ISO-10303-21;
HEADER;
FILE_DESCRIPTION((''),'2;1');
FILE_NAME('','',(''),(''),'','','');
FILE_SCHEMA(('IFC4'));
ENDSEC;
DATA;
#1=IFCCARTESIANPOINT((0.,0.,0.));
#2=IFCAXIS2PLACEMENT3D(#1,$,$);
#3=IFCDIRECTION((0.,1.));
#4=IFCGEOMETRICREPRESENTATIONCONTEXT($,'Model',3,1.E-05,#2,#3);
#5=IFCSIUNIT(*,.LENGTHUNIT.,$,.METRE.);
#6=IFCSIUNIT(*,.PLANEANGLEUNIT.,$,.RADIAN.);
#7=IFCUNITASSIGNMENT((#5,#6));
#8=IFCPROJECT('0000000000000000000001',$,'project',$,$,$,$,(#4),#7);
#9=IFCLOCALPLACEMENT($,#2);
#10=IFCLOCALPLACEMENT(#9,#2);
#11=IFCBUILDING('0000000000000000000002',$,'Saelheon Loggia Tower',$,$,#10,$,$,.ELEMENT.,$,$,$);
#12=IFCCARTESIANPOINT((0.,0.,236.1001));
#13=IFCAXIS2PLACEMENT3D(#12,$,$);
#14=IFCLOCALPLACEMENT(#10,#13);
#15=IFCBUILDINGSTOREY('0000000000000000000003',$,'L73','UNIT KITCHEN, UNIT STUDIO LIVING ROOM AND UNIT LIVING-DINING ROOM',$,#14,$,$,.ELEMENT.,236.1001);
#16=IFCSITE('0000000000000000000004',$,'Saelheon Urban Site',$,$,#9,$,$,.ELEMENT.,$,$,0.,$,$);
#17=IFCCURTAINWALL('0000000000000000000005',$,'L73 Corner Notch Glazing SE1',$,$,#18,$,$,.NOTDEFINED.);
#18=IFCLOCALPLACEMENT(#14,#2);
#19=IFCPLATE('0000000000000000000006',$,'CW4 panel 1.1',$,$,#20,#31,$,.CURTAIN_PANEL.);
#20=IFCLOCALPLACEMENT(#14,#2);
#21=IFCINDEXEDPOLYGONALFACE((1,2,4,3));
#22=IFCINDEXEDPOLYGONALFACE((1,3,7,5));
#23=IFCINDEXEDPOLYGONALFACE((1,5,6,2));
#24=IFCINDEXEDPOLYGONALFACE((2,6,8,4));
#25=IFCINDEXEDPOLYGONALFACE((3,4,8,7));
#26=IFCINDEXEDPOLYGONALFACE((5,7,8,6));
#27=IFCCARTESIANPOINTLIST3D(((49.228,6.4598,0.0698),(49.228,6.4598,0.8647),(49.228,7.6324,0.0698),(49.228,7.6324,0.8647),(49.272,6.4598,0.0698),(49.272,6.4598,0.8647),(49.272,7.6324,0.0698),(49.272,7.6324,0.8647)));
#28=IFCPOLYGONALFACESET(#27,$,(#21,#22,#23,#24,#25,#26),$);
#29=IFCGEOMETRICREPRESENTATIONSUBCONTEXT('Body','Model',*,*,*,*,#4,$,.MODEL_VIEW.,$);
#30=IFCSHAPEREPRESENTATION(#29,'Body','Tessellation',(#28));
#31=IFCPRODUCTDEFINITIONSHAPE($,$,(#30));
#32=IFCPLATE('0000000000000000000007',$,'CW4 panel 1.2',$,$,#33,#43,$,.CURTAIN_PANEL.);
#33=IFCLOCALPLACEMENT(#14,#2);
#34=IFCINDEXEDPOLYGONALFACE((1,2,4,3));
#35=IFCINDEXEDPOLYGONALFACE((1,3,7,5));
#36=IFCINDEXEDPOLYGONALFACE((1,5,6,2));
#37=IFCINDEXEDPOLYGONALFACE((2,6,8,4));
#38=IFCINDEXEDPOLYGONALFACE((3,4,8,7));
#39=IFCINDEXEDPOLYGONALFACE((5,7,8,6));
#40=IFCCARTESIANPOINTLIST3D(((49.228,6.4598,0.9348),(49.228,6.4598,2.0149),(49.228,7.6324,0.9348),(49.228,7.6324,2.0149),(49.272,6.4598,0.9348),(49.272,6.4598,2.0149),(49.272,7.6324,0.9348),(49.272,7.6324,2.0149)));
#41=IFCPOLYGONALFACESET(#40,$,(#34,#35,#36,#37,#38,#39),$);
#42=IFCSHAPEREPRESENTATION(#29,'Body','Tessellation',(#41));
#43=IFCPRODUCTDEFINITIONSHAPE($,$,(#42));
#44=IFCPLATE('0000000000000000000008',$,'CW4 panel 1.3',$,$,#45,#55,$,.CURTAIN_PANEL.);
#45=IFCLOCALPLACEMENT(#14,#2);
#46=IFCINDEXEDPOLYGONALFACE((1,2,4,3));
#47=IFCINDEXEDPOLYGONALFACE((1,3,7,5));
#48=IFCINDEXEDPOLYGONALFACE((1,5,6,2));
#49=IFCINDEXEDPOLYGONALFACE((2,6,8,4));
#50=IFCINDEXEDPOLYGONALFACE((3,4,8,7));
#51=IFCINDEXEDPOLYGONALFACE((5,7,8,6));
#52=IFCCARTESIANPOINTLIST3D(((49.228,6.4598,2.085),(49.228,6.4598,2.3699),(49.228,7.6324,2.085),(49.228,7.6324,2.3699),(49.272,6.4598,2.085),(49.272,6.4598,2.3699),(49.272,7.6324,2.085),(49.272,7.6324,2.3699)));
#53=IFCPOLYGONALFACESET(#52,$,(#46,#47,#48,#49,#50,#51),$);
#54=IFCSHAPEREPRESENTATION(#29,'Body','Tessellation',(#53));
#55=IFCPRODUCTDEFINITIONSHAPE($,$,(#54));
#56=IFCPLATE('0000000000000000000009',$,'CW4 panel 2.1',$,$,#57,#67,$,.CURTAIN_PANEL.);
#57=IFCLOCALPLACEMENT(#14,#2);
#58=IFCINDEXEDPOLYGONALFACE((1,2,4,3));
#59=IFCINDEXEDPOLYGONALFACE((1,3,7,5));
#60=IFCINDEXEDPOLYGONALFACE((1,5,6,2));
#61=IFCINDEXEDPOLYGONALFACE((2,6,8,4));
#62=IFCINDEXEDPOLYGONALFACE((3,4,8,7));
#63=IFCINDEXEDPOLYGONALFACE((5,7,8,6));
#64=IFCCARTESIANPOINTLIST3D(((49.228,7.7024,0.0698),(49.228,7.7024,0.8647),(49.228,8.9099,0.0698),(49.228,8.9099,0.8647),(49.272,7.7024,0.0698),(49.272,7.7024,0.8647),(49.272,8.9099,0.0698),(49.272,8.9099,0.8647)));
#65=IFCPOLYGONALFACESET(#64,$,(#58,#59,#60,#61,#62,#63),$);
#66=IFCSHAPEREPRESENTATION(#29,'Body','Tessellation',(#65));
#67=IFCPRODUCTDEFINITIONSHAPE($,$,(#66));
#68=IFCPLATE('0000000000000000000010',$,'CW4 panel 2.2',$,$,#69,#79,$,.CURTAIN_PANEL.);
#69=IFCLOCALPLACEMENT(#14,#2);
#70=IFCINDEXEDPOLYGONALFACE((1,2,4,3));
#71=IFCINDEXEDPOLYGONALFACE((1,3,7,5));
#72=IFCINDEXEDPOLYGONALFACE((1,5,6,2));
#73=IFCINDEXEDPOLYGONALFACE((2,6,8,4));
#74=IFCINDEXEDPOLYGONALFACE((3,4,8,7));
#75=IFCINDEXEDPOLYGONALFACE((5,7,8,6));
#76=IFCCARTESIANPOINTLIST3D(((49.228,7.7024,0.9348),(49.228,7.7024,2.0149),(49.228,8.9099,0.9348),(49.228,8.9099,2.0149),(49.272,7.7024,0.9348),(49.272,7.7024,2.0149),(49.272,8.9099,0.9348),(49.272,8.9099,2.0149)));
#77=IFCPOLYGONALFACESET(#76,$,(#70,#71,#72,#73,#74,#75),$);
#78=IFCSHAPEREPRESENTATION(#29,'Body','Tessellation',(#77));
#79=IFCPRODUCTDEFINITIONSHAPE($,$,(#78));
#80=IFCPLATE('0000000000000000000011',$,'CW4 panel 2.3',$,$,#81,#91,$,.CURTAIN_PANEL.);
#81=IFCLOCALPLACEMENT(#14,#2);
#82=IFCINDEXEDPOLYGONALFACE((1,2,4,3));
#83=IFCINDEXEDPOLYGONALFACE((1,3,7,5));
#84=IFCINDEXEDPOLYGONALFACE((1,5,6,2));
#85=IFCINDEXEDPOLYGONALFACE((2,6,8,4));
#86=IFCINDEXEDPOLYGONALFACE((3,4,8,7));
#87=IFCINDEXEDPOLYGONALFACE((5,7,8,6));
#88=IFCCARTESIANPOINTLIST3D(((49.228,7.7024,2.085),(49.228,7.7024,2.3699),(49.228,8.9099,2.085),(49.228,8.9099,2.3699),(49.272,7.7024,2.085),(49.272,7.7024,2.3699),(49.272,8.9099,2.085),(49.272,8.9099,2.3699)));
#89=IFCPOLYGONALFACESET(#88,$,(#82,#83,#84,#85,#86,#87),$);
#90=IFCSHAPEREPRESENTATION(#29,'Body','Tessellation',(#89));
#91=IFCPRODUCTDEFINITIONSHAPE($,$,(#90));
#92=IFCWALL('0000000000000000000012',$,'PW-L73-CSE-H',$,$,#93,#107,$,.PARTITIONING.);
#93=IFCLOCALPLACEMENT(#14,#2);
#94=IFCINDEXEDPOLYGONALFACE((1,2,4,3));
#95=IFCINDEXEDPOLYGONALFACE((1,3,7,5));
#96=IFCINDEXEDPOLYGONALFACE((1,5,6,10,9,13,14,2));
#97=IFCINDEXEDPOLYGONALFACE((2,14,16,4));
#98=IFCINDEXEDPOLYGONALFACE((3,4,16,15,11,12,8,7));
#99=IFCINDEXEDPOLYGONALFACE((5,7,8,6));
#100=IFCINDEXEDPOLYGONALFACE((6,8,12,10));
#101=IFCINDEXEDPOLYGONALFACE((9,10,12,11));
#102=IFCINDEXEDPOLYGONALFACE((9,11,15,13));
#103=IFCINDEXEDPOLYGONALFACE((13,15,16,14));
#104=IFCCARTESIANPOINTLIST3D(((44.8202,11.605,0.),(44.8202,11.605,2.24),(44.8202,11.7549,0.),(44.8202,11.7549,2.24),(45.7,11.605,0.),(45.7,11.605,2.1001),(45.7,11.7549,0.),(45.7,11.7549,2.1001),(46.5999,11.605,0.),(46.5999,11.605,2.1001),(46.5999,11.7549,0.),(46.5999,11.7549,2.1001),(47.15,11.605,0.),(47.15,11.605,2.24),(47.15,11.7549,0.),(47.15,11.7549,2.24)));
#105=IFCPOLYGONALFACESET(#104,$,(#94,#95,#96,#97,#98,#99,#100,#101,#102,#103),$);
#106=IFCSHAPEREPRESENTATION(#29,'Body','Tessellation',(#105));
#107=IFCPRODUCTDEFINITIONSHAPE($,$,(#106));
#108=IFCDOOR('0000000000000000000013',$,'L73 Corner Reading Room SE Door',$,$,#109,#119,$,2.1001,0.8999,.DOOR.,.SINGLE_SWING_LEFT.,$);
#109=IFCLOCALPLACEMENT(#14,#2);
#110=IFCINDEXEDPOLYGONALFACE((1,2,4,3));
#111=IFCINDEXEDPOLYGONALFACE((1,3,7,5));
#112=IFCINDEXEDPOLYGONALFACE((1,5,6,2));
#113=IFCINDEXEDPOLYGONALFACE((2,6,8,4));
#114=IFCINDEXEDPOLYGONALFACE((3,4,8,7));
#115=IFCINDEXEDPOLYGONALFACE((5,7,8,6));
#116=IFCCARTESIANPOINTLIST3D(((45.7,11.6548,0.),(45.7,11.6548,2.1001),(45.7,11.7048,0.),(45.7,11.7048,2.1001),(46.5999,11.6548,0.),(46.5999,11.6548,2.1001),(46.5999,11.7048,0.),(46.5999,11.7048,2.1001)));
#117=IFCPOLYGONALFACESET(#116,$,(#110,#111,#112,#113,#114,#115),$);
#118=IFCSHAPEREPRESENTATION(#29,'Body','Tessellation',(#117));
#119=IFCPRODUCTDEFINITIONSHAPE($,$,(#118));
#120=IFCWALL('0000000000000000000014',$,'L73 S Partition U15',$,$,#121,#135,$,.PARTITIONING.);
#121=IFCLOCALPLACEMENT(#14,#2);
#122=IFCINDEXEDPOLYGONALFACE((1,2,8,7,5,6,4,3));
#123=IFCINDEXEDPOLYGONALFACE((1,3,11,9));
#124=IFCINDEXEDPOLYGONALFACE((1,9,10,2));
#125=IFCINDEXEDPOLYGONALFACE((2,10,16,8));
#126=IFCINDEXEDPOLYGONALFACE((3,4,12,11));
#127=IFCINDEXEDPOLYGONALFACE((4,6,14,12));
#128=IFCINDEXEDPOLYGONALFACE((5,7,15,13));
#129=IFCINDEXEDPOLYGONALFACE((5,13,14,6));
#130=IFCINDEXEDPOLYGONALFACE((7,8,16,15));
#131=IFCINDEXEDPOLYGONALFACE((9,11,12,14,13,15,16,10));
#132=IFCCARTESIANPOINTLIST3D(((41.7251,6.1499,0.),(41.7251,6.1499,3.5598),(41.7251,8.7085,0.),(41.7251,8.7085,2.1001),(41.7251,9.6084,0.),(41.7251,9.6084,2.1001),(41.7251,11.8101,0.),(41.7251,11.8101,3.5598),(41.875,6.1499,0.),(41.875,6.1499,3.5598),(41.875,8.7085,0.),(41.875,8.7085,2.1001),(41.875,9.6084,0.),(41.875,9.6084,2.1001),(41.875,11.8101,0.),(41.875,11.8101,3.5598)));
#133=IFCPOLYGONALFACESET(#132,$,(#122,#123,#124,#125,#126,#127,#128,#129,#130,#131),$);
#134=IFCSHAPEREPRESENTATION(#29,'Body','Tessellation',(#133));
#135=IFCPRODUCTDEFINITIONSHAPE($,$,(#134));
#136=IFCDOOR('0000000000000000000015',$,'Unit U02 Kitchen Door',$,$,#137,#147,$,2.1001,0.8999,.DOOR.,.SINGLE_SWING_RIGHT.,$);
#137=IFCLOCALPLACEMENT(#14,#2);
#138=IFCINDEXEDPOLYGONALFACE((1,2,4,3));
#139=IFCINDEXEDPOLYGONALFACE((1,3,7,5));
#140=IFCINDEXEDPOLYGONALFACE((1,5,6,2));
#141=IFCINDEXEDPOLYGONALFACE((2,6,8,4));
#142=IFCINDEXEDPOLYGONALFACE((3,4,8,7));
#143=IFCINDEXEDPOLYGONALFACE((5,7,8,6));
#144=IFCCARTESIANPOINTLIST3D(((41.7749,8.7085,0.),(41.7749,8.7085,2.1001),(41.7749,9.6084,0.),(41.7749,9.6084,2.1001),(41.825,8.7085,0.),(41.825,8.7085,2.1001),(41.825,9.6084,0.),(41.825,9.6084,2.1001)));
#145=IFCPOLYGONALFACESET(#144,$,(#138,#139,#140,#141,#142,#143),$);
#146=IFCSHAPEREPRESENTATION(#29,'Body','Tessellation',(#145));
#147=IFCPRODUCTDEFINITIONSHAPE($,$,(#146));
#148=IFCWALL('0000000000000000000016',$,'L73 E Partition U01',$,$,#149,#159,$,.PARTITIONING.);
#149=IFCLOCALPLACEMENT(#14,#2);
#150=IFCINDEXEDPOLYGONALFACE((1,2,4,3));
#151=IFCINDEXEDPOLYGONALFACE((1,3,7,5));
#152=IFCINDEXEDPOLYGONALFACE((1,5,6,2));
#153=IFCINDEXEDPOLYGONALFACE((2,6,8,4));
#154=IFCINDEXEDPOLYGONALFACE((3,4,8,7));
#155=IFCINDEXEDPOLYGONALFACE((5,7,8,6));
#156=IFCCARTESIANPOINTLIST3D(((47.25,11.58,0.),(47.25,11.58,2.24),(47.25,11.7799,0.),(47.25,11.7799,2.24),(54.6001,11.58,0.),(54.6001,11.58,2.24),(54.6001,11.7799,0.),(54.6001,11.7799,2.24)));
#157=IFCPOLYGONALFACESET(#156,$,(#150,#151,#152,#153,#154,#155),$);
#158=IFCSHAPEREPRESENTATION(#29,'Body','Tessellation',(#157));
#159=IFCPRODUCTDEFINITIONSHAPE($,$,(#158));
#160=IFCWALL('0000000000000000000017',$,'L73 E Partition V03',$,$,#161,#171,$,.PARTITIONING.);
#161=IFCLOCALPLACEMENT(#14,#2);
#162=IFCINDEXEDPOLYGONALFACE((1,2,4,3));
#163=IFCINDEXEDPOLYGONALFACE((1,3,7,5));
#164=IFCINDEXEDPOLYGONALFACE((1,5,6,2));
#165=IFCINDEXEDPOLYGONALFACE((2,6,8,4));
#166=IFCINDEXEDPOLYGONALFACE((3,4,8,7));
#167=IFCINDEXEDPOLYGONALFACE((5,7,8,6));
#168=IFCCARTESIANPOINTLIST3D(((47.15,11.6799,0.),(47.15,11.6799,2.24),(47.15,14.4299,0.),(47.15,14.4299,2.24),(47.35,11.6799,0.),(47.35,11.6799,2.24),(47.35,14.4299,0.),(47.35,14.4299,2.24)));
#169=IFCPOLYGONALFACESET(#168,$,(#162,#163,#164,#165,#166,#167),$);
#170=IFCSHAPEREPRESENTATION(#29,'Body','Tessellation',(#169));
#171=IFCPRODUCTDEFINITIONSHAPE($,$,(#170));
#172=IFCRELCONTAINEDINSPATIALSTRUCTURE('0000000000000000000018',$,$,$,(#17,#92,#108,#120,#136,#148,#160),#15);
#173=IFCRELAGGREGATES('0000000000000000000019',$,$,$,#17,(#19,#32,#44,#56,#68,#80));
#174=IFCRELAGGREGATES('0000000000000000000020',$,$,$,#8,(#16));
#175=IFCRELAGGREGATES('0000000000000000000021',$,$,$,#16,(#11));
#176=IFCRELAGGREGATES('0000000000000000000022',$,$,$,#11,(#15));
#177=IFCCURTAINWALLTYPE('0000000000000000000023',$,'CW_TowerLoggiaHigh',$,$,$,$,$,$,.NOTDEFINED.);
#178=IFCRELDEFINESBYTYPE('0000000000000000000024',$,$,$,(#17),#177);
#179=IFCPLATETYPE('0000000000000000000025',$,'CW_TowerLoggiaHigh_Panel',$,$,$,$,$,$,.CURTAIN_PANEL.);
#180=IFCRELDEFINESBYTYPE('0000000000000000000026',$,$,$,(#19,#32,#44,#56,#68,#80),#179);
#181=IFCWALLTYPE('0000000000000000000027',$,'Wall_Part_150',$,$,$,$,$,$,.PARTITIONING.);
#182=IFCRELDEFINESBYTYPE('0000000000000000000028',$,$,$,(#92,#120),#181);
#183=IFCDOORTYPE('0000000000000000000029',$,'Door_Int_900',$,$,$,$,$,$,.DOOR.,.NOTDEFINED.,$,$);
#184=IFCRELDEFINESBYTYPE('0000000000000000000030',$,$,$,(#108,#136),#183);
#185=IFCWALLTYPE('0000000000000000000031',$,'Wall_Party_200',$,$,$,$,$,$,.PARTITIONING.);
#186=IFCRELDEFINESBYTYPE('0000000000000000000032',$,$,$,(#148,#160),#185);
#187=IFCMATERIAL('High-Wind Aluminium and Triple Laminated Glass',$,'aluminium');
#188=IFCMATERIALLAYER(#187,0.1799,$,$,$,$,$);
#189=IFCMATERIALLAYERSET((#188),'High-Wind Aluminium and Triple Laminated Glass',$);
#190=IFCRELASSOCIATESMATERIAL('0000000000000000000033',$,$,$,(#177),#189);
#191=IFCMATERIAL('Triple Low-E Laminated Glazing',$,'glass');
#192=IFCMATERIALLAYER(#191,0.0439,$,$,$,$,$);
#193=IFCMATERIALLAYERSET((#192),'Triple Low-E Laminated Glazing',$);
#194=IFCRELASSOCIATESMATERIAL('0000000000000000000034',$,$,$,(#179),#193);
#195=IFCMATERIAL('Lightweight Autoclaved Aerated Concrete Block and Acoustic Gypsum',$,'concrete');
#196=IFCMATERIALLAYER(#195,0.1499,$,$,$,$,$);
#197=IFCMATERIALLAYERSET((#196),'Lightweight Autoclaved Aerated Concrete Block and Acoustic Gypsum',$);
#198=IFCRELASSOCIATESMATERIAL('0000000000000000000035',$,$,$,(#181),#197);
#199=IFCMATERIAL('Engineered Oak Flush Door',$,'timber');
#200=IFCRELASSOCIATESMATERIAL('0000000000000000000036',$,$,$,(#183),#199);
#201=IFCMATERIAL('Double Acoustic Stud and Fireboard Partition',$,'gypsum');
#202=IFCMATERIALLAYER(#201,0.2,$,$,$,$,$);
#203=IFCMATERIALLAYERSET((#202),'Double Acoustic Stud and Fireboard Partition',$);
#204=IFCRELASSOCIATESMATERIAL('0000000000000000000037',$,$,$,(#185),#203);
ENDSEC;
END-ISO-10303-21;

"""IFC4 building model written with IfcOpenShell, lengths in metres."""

from ifc_helpers import new_model, si_unit, direction, frame, frame_2d, origin, origin_2d, place, context, subcontext, project, spatial, rectangle, extrude, source, transform, mapped, material, layer, layer_set, type_object, element, fill, aggregate, save


model = new_model("IFC4")

# Units and contexts
model_context = context("Model", 3, precision=1e-05, world=origin(), true_north=direction((0.0, 1.0)))
body_context = subcontext(model_context, "Body", "Model", "MODEL_VIEW")
ifc_project = project(units=[si_unit("LENGTHUNIT", "METRE"), si_unit("PLANEANGLEUNIT", "RADIAN")], contexts=[model_context])

# Site, building, storey
site_placement = place(None, origin())
site = spatial("IfcSite", under=ifc_project, at=site_placement, Name="Saelheon Urban Site", CompositionType="ELEMENT", RefElevation=0.0)
building_placement = place(site_placement, origin())
building = spatial("IfcBuilding", under=site, at=building_placement, Name="Saelheon Loggia Tower", CompositionType="ELEMENT")
storey_placement = place(building_placement, frame((0.0, 0.0, 236.1001)))
storey = spatial("IfcBuildingStorey", under=building, at=storey_placement, Name="L73", Description="UNIT KITCHEN, UNIT STUDIO LIVING ROOM AND UNIT LIVING-DINING ROOM", CompositionType="ELEMENT", Elevation=236.1001)

# Curtain wall, plates
ifc_material_1 = material(Name="High-Wind Aluminium and Triple Laminated Glass", Category="aluminium")
ifc_layer_1 = layer(ifc_material_1, 0.1799)
ifc_layer_set_1 = layer_set([ifc_layer_1], Name="High-Wind Aluminium and Triple Laminated Glass")
curtain_wall_type = type_object("IfcCurtainWallType", Name="CW_TowerLoggiaHigh", PredefinedType="NOTDEFINED", material=ifc_layer_set_1)
curtain_wall_placement = place(storey_placement, origin())
curtain_wall = element("IfcCurtainWall", 1, at=curtain_wall_placement, inside=storey, type_object=curtain_wall_type, Name="L73 Corner Notch Glazing SE1", PredefinedType="NOTDEFINED")
ifc_material_2 = material(Name="Triple Low-E Laminated Glazing", Category="glass")
ifc_layer_2 = layer(ifc_material_2, 0.0439)
ifc_layer_set_2 = layer_set([ifc_layer_2], Name="Triple Low-E Laminated Glazing")
plate_type = type_object("IfcPlateType", Name="CW_TowerLoggiaHigh_Panel", PredefinedType="CURTAIN_PANEL", material=ifc_layer_set_2)
shared_shape_1 = source(origin(), body_context, "Body", "SweptSolid", [
    extrude(rectangle(XDim=1.1726, YDim=0.0439, at=origin_2d()), origin(), (0.0, 0.0, 1.0), 0.7949),
])
plate_1_placement = place(storey_placement, frame((49.25, 7.0461, 0.0698), z_axis=(0.0, 0.0, 1.0), x_axis=(0.0, 1.0, 0.0)))
plate_1 = element("IfcPlate", 2, at=plate_1_placement, type_object=plate_type, Name="CW4 panel 1.1", PredefinedType="CURTAIN_PANEL", context=body_context, shape_type="MappedRepresentation", body=[
    mapped(shared_shape_1, transform((0.0, 0.0, 0.0), scale=1.0)),
])
shared_shape_2 = source(origin(), body_context, "Body", "SweptSolid", [
    extrude(rectangle(XDim=1.1726, YDim=0.0439, at=origin_2d()), origin(), (0.0, 0.0, 1.0), 1.0801),
])
plate_2_placement = place(storey_placement, frame((49.25, 7.0461, 0.9348), z_axis=(0.0, 0.0, 1.0), x_axis=(0.0, 1.0, 0.0)))
plate_2 = element("IfcPlate", 3, at=plate_2_placement, type_object=plate_type, Name="CW4 panel 1.2", PredefinedType="CURTAIN_PANEL", context=body_context, shape_type="MappedRepresentation", body=[
    mapped(shared_shape_2, transform((0.0, 0.0, 0.0), scale=1.0)),
])
shared_shape_3 = source(origin(), body_context, "Body", "SweptSolid", [
    extrude(rectangle(XDim=1.1726, YDim=0.0439, at=origin_2d()), origin(), (0.0, 0.0, 1.0), 0.2849),
])
plate_3_placement = place(storey_placement, frame((49.25, 7.0461, 2.085), z_axis=(0.0, 0.0, 1.0), x_axis=(0.0, 1.0, 0.0)))
plate_3 = element("IfcPlate", 4, at=plate_3_placement, type_object=plate_type, Name="CW4 panel 1.3", PredefinedType="CURTAIN_PANEL", context=body_context, shape_type="MappedRepresentation", body=[
    mapped(shared_shape_3, transform((0.0, 0.0, 0.0), scale=1.0)),
])
shared_shape_4 = source(origin(), body_context, "Body", "SweptSolid", [
    extrude(rectangle(XDim=1.2075, YDim=0.0439, at=origin_2d()), origin(), (0.0, 0.0, 1.0), 0.7949),
])
plate_4_placement = place(storey_placement, frame((49.25, 8.3062, 0.0698), z_axis=(0.0, 0.0, 1.0), x_axis=(0.0, 1.0, 0.0)))
plate_4 = element("IfcPlate", 5, at=plate_4_placement, type_object=plate_type, Name="CW4 panel 2.1", PredefinedType="CURTAIN_PANEL", context=body_context, shape_type="MappedRepresentation", body=[
    mapped(shared_shape_4, transform((0.0, 0.0, 0.0), scale=1.0)),
])
shared_shape_5 = source(origin(), body_context, "Body", "SweptSolid", [
    extrude(rectangle(XDim=1.2075, YDim=0.0439, at=origin_2d()), origin(), (0.0, 0.0, 1.0), 1.0801),
])
plate_5_placement = place(storey_placement, frame((49.25, 8.3062, 0.9348), z_axis=(0.0, 0.0, 1.0), x_axis=(0.0, 1.0, 0.0)))
plate_5 = element("IfcPlate", 6, at=plate_5_placement, type_object=plate_type, Name="CW4 panel 2.2", PredefinedType="CURTAIN_PANEL", context=body_context, shape_type="MappedRepresentation", body=[
    mapped(shared_shape_5, transform((0.0, 0.0, 0.0), scale=1.0)),
])
shared_shape_6 = source(origin(), body_context, "Body", "SweptSolid", [
    extrude(rectangle(XDim=1.2075, YDim=0.0439, at=origin_2d()), origin(), (0.0, 0.0, 1.0), 0.2849),
])
plate_6_placement = place(storey_placement, frame((49.25, 8.3062, 2.085), z_axis=(0.0, 0.0, 1.0), x_axis=(0.0, 1.0, 0.0)))
plate_6 = element("IfcPlate", 7, at=plate_6_placement, type_object=plate_type, Name="CW4 panel 2.3", PredefinedType="CURTAIN_PANEL", context=body_context, shape_type="MappedRepresentation", body=[
    mapped(shared_shape_6, transform((0.0, 0.0, 0.0), scale=1.0)),
])
aggregate(curtain_wall, [plate_1, plate_2, plate_3, plate_4, plate_5, plate_6])

# Walls, openings, doors
ifc_material_3 = material(Name="Lightweight Autoclaved Aerated Concrete Block and Acoustic Gypsum", Category="concrete")
ifc_layer_3 = layer(ifc_material_3, 0.1499)
ifc_layer_set_3 = layer_set([ifc_layer_3], Name="Lightweight Autoclaved Aerated Concrete Block and Acoustic Gypsum")
wall_type_1 = type_object("IfcWallType", Name="Wall_Part_150", PredefinedType="PARTITIONING", material=ifc_layer_set_3)
wall_1_placement = place(storey_placement, frame((44.8201, 11.6799, 0.0), z_axis=(0.0, 0.0, 1.0), x_axis=(1.0, 0.0, 0.0)))
wall_1 = element("IfcWall", 8, at=wall_1_placement, inside=storey, type_object=wall_type_1, Name="PW-L73-CSE-H", PredefinedType="PARTITIONING", context=body_context, shape_type="SweptSolid", body=[
    extrude(rectangle(XDim=2.3298, YDim=0.1499, at=frame_2d((1.165, 0.0))), origin(), (0.0, 0.0, 1.0), 2.24),
])
opening_1_placement = place(wall_1_placement, frame((0.8799, 0.0, 0.0)))
opening_1 = element("IfcOpeningElement", 9, at=opening_1_placement, cuts=wall_1, PredefinedType="OPENING", context=body_context, shape_type="SweptSolid", body=[
    extrude(rectangle(XDim=0.8999, YDim=2.1001, at=frame_2d((0.45, 1.05))), frame((0.0, 0.0869, 0.0), z_axis=(0.0, -1.0, 0.0), x_axis=(1.0, 0.0, 0.0)), (0.0, 0.0, 1.0), 0.1738),
])
ifc_material_4 = material(Name="Engineered Oak Flush Door", Category="timber")
door_type = type_object("IfcDoorType", Name="Door_Int_900", OperationType="NOTDEFINED", PredefinedType="DOOR", material=ifc_material_4)
shared_shape_7 = source(origin(), body_context, "Body", "SweptSolid", [
    extrude(rectangle(XDim=0.8999, YDim=2.1001, at=frame_2d((0.45, 1.05))), frame((0.0, 0.0249, 0.0), z_axis=(0.0, -1.0, 0.0), x_axis=(1.0, 0.0, 0.0)), (0.0, 0.0, 1.0), 0.05),
])
door_1_placement = place(opening_1_placement, origin())
door_1 = element("IfcDoor", 10, at=door_1_placement, inside=storey, type_object=door_type, Name="L73 Corner Reading Room SE Door", OperationType="SINGLE_SWING_LEFT", OverallHeight=2.1001, OverallWidth=0.8999, PredefinedType="DOOR", context=body_context, shape_type="MappedRepresentation", body=[
    mapped(shared_shape_7, transform((0.0, 0.0, 0.0), scale=1.0)),
])
fill(opening_1, door_1)
wall_2_placement = place(storey_placement, frame((41.8, 11.8101, 0.0), z_axis=(0.0, 0.0, 1.0), x_axis=(0.0, -1.0, 0.0)))
wall_2 = element("IfcWall", 11, at=wall_2_placement, inside=storey, type_object=wall_type_1, Name="L73 S Partition U15", PredefinedType="PARTITIONING", context=body_context, shape_type="SweptSolid", body=[
    extrude(rectangle(XDim=5.6602, YDim=0.1499, at=frame_2d((2.8301, 0.0))), origin(), (0.0, 0.0, 1.0), 3.5598),
])
opening_2_placement = place(wall_2_placement, frame((2.2017, 0.0, 0.0)))
opening_2 = element("IfcOpeningElement", 12, at=opening_2_placement, cuts=wall_2, PredefinedType="OPENING", context=body_context, shape_type="SweptSolid", body=[
    extrude(rectangle(XDim=0.8999, YDim=2.1001, at=frame_2d((0.45, 1.05))), frame((0.0, 0.0869, 0.0), z_axis=(0.0, -1.0, 0.0), x_axis=(1.0, 0.0, 0.0)), (0.0, 0.0, 1.0), 0.1738),
])
door_2_placement = place(opening_2_placement, origin())
door_2 = element("IfcDoor", 13, at=door_2_placement, inside=storey, type_object=door_type, Name="Unit U02 Kitchen Door", OperationType="SINGLE_SWING_RIGHT", OverallHeight=2.1001, OverallWidth=0.8999, PredefinedType="DOOR", context=body_context, shape_type="MappedRepresentation", body=[
    mapped(shared_shape_7, transform((0.0, 0.0, 0.0), scale=1.0)),
])
fill(opening_2, door_2)

# Walls
ifc_material_5 = material(Name="Double Acoustic Stud and Fireboard Partition", Category="gypsum")
ifc_layer_4 = layer(ifc_material_5, 0.2)
ifc_layer_set_4 = layer_set([ifc_layer_4], Name="Double Acoustic Stud and Fireboard Partition")
wall_type_2 = type_object("IfcWallType", Name="Wall_Party_200", PredefinedType="PARTITIONING", material=ifc_layer_set_4)
wall_3_placement = place(storey_placement, frame((47.25, 11.6799, 0.0), z_axis=(0.0, 0.0, 1.0), x_axis=(1.0, 0.0, 0.0)))
element("IfcWall", 14, at=wall_3_placement, inside=storey, type_object=wall_type_2, Name="L73 E Partition U01", PredefinedType="PARTITIONING", context=body_context, shape_type="SweptSolid", body=[
    extrude(rectangle(XDim=7.3501, YDim=0.2, at=frame_2d((3.675, 0.0))), origin(), (0.0, 0.0, 1.0), 2.24),
])
wall_4_placement = place(storey_placement, frame((47.25, 11.6799, 0.0), z_axis=(0.0, 0.0, 1.0), x_axis=(0.0, 1.0, 0.0)))
element("IfcWall", 15, at=wall_4_placement, inside=storey, type_object=wall_type_2, Name="L73 E Partition V03", PredefinedType="PARTITIONING", context=body_context, shape_type="SweptSolid", body=[
    extrude(rectangle(XDim=2.75, YDim=0.2, at=frame_2d((1.375, 0.0))), origin(), (0.0, 0.0, 1.0), 2.24),
])

save(model, "model.ifc")
